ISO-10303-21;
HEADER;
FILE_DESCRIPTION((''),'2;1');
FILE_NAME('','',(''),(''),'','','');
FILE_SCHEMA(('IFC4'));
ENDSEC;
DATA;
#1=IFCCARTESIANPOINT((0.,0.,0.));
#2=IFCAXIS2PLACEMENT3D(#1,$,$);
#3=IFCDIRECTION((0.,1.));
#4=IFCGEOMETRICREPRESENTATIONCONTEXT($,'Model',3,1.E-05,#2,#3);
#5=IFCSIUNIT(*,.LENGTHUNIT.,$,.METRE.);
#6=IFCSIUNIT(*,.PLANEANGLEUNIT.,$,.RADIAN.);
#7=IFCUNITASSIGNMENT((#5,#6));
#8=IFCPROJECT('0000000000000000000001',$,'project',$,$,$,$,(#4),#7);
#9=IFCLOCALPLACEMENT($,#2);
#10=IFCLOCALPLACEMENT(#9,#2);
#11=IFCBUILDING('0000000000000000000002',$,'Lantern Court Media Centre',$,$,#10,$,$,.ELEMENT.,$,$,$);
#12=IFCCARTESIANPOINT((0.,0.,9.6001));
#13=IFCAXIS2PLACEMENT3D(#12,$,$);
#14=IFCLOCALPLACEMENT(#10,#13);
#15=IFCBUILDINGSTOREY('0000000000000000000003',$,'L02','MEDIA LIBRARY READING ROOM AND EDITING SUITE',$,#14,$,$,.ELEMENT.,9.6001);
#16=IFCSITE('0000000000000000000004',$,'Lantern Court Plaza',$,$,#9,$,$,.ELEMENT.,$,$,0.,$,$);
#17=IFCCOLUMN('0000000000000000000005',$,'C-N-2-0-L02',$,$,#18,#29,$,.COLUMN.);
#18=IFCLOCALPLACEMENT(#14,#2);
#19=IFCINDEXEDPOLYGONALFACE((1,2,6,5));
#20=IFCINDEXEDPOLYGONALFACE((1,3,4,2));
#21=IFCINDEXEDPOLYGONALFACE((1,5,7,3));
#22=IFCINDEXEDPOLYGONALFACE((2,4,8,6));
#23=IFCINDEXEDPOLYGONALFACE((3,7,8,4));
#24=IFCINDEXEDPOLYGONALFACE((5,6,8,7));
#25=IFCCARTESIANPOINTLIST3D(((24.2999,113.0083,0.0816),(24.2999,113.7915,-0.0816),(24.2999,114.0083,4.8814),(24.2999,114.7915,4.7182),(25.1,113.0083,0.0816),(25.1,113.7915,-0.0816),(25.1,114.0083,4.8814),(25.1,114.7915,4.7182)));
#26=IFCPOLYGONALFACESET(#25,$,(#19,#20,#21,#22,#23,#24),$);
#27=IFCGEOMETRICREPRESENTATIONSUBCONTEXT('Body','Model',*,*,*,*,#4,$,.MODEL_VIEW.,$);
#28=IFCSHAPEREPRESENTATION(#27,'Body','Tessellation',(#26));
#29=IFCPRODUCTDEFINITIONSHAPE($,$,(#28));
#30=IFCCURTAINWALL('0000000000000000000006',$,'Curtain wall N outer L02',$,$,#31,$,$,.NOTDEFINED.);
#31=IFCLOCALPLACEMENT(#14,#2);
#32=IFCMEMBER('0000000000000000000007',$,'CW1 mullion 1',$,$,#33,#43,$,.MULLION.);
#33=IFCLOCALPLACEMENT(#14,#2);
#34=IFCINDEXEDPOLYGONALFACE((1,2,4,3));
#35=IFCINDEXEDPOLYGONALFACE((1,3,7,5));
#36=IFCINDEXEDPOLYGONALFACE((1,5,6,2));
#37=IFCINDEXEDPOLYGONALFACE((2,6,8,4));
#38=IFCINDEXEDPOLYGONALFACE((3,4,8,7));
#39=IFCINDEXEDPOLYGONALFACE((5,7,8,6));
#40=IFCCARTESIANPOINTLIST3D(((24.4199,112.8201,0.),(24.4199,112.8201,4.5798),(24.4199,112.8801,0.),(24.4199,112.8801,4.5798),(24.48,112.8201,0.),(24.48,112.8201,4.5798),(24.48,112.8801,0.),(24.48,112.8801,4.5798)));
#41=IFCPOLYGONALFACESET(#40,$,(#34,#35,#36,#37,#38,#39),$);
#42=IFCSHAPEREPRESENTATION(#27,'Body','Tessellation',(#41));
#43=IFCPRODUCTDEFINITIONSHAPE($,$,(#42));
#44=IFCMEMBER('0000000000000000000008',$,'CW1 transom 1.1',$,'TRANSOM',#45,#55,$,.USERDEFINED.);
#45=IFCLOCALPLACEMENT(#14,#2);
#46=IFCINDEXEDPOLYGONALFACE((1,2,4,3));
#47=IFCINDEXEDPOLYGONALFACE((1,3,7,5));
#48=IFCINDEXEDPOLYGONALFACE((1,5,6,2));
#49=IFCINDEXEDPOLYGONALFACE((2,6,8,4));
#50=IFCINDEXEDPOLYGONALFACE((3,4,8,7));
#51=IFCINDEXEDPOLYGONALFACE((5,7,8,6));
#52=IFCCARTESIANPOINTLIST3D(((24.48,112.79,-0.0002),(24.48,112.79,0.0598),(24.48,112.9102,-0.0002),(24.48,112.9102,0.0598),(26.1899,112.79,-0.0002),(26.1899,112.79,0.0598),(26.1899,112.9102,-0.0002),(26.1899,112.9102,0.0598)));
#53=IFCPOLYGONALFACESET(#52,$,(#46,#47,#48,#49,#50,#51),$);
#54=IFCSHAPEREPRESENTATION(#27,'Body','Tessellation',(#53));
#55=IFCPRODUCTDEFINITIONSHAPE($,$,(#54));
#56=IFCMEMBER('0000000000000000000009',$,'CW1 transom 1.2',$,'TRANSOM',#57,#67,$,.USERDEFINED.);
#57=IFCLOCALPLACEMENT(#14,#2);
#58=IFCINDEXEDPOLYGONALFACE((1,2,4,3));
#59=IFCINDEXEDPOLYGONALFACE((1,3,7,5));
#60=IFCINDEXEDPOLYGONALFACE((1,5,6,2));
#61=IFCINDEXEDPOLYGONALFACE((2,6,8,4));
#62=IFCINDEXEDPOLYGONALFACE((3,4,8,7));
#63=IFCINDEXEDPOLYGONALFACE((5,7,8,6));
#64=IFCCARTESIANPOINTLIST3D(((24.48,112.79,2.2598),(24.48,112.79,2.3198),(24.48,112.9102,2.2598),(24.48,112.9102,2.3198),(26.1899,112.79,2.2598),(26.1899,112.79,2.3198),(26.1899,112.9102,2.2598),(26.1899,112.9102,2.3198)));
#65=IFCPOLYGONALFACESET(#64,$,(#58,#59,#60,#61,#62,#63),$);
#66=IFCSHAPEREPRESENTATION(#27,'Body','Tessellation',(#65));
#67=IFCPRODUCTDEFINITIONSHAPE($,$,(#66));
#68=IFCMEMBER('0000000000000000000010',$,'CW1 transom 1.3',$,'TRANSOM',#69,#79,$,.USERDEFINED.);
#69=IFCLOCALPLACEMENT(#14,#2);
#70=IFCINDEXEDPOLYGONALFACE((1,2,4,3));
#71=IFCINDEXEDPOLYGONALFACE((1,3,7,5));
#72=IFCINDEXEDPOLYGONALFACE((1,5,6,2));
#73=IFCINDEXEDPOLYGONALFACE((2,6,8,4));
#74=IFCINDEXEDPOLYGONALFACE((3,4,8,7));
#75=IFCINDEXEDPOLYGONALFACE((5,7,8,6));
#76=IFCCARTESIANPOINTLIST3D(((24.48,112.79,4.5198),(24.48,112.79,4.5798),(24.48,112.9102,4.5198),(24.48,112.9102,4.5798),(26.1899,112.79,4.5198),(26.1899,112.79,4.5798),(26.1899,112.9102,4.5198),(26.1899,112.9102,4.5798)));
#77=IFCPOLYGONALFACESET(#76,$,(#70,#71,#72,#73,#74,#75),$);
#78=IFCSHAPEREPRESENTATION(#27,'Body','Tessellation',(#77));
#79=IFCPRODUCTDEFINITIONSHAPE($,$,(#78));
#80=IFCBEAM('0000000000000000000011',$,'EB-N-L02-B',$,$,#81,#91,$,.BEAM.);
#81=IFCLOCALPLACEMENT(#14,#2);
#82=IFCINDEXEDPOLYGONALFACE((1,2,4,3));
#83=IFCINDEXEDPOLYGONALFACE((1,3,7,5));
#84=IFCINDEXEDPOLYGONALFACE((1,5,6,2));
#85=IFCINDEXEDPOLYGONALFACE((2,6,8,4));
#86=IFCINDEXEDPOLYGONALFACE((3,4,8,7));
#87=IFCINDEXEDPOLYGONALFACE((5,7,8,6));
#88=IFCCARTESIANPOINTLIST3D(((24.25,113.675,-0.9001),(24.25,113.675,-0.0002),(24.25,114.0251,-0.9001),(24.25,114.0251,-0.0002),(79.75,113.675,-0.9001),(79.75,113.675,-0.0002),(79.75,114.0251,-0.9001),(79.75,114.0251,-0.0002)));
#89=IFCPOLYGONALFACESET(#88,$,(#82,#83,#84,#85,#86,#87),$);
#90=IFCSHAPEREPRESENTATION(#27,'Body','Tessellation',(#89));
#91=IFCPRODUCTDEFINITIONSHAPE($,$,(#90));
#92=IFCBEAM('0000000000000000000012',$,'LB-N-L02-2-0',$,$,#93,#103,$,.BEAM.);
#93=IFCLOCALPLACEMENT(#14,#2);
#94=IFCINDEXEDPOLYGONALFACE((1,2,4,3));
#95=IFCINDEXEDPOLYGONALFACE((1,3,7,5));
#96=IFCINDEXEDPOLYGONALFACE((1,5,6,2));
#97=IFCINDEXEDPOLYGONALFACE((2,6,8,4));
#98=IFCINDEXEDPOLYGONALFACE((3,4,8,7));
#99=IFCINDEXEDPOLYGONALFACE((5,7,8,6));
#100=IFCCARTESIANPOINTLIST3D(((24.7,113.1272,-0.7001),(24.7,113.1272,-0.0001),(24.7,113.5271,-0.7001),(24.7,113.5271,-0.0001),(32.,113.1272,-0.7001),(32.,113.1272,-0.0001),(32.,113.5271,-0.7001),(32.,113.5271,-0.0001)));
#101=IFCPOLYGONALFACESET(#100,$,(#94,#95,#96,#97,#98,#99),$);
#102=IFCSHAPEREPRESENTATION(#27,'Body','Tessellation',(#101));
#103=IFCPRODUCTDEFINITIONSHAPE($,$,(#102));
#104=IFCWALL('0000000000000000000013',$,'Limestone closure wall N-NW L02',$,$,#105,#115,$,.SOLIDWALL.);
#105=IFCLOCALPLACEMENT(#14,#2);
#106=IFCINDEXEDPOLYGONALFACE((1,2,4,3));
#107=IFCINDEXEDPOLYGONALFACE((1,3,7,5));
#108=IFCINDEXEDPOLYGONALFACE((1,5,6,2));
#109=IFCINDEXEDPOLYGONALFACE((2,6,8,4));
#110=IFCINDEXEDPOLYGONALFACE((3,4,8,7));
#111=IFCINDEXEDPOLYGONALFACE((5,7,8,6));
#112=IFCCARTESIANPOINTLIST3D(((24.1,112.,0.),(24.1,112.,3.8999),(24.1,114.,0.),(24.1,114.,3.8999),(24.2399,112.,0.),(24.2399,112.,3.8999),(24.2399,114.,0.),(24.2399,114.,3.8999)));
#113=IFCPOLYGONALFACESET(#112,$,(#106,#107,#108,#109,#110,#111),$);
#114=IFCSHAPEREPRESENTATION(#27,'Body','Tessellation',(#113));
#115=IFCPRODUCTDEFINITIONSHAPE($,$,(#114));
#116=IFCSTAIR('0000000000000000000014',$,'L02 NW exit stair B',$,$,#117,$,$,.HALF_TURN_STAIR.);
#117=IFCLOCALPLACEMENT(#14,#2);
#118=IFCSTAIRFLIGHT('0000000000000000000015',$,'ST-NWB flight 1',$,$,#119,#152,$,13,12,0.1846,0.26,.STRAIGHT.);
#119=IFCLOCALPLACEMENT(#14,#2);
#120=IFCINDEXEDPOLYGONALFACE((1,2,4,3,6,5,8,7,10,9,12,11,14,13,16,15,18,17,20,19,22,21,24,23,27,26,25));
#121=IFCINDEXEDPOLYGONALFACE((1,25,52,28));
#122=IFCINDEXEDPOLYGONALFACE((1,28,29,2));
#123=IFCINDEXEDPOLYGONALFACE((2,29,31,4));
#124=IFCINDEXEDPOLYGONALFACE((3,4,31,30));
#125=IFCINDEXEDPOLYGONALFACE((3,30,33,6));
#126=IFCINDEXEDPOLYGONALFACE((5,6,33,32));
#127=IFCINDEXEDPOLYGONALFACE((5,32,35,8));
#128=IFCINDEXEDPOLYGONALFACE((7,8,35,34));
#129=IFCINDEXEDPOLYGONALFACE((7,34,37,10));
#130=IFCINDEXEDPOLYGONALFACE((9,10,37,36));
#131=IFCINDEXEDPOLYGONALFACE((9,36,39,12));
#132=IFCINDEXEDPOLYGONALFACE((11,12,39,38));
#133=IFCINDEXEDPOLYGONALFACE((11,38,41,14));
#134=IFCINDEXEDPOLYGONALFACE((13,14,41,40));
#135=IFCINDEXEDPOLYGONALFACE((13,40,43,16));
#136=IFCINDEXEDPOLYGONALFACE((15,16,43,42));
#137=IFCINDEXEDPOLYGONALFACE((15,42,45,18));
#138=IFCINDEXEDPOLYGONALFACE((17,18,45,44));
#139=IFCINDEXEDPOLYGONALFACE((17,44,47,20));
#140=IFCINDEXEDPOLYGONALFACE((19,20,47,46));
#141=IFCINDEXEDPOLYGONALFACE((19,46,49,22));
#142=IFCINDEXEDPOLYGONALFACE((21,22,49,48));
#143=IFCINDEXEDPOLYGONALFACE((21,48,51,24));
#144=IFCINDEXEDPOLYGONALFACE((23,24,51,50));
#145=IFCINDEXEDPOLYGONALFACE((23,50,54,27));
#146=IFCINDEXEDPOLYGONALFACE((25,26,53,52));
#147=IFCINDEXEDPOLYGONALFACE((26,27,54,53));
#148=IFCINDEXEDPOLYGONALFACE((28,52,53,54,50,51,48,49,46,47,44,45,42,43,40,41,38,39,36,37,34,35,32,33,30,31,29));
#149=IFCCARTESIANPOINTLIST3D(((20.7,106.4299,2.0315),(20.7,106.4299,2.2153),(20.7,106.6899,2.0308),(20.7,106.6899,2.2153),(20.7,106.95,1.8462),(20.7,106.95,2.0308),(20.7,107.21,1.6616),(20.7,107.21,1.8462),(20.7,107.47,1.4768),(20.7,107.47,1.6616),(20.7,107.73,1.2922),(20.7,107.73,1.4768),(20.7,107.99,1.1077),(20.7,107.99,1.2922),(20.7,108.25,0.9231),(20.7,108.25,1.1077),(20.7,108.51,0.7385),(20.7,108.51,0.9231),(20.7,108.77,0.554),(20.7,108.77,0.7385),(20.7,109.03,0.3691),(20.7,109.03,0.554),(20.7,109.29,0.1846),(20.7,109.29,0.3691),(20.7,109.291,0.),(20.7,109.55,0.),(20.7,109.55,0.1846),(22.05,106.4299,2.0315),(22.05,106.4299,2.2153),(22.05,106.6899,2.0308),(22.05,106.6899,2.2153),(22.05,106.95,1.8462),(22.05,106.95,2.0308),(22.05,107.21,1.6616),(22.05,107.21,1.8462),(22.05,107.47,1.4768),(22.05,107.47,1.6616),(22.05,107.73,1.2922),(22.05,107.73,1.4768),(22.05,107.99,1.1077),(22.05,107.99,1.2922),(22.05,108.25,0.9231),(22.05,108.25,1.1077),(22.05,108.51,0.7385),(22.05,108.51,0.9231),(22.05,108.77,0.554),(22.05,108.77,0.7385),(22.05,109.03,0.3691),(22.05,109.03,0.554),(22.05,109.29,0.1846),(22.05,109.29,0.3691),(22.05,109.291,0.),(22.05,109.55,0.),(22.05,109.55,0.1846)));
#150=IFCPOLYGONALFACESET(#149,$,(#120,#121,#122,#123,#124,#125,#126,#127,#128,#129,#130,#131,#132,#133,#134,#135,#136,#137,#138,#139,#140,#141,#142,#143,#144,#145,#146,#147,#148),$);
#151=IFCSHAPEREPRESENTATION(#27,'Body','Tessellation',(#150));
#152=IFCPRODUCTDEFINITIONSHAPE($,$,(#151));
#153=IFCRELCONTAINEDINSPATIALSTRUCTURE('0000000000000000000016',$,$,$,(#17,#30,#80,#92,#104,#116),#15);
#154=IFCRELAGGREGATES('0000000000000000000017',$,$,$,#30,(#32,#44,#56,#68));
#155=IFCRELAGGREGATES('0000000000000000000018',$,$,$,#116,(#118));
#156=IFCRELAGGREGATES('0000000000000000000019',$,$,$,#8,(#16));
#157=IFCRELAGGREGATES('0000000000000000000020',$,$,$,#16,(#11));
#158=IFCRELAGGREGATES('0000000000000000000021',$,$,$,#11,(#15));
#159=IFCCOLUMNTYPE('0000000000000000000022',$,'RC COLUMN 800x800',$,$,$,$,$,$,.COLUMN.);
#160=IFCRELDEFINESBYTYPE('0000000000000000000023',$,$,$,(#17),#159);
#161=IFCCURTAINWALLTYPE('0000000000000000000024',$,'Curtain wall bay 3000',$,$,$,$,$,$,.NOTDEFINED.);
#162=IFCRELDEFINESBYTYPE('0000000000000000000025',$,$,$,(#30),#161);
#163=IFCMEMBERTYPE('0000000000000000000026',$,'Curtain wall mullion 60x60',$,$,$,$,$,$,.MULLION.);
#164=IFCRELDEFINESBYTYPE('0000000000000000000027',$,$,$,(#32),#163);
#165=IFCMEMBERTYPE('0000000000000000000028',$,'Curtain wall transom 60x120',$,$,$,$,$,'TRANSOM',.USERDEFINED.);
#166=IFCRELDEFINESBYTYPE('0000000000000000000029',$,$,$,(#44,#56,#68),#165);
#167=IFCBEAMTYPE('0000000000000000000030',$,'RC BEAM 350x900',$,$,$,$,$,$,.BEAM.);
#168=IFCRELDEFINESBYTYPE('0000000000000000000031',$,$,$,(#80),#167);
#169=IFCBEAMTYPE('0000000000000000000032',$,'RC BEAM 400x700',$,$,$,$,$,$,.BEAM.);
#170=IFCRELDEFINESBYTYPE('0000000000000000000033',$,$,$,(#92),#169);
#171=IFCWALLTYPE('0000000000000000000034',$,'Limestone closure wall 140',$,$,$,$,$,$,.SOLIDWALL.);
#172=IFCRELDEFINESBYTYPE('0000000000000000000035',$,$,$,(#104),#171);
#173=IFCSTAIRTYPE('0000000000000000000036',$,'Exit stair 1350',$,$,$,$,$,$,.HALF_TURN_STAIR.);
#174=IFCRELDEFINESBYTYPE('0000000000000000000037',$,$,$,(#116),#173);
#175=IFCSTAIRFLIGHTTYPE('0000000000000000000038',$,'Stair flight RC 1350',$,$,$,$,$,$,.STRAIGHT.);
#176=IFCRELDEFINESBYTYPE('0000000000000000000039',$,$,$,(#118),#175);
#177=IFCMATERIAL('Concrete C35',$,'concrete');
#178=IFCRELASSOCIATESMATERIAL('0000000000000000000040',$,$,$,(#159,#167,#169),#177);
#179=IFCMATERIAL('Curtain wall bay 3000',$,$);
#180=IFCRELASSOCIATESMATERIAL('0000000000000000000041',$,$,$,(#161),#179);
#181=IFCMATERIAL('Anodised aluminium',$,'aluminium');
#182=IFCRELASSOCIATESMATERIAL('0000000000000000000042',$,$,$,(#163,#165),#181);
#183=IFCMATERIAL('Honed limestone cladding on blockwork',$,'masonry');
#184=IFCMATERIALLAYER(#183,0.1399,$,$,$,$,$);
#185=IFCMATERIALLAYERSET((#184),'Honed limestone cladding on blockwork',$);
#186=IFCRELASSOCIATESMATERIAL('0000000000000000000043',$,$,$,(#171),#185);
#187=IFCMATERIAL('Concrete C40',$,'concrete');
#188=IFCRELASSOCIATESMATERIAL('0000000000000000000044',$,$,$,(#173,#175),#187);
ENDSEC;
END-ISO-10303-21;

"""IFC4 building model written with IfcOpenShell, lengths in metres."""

from ifc_helpers import new_model, si_unit, direction, frame, frame_2d, origin, origin_2d, place, context, subcontext, project, spatial, polyline, rectangle, outline, extrude, material, layer, layer_set, material_profile, profile_set, type_object, element, aggregate, save


model = new_model("IFC4")

# Units and contexts
model_context = context("Model", 3, precision=1e-05, world=origin(), true_north=direction((0.0, 1.0)))
body_context = subcontext(model_context, "Body", "Model", "MODEL_VIEW")
ifc_project = project(units=[si_unit("LENGTHUNIT", "METRE"), si_unit("PLANEANGLEUNIT", "RADIAN")], contexts=[model_context])

# Site, building, storey
site_placement = place(None, origin())
site = spatial("IfcSite", under=ifc_project, at=site_placement, Name="Lantern Court Plaza", CompositionType="ELEMENT", RefElevation=0.0)
building_placement = place(site_placement, origin())
building = spatial("IfcBuilding", under=site, at=building_placement, Name="Lantern Court Media Centre", CompositionType="ELEMENT")
storey_placement = place(building_placement, frame((0.0, 0.0, 9.6001)))
storey = spatial("IfcBuildingStorey", under=building, at=storey_placement, Name="L02", Description="MEDIA LIBRARY READING ROOM AND EDITING SUITE", CompositionType="ELEMENT", Elevation=9.6001)

# Column
ifc_material_1 = material(Name="Concrete C35", Category="concrete")
ifc_material_profile_1 = material_profile(ifc_material_1, rectangle(XDim=0.8, YDim=0.8, at=origin_2d()), Name="RC 800x800")
ifc_profile_set_1 = profile_set([ifc_material_profile_1], Name="Concrete C35")
column_type = type_object("IfcColumnType", Name="RC COLUMN 800x800", PredefinedType="COLUMN", material=ifc_profile_set_1)
column_placement = place(storey_placement, frame((24.7, 113.3999, 0.0), z_axis=(0.0, 0.203962, 0.978979), x_axis=(-1.0, 0.0, 0.0)))
element("IfcColumn", 1, at=column_placement, inside=storey, type_object=column_type, Name="C-N-2-0-L02", PredefinedType="COLUMN", context=body_context, shape_type="SweptSolid", body=[
    extrude(rectangle(XDim=0.8, YDim=0.8, at=origin_2d()), origin(), (0.0, 0.0, 1.0), 4.9028),
])

# Curtain wall, members
ifc_material_2 = material(Name="Curtain wall bay 3000")
curtain_wall_type = type_object("IfcCurtainWallType", Name="Curtain wall bay 3000", PredefinedType="NOTDEFINED", material=ifc_material_2)
curtain_wall_placement = place(storey_placement, origin())
curtain_wall = element("IfcCurtainWall", 2, at=curtain_wall_placement, inside=storey, type_object=curtain_wall_type, Name="Curtain wall N outer L02", PredefinedType="NOTDEFINED")
ifc_material_3 = material(Name="Anodised aluminium", Category="aluminium")
ifc_material_profile_2 = material_profile(ifc_material_3, rectangle(XDim=0.0601, YDim=0.0601, at=origin_2d()), Name="AL 60x60")
ifc_profile_set_2 = profile_set([ifc_material_profile_2], Name="Anodised aluminium")
member_type_1 = type_object("IfcMemberType", Name="Curtain wall mullion 60x60", PredefinedType="MULLION", material=ifc_profile_set_2)
member_1_placement = place(storey_placement, frame((24.45, 112.8501, 0.0), z_axis=(0.0, 0.0, 1.0), x_axis=(0.0, 1.0, 0.0)))
member_1 = element("IfcMember", 3, at=member_1_placement, type_object=member_type_1, Name="CW1 mullion 1", PredefinedType="MULLION", context=body_context, shape_type="SweptSolid", body=[
    extrude(rectangle(XDim=0.0601, YDim=0.0601, at=origin_2d()), origin(), (0.0, 0.0, 1.0), 4.5798),
])
ifc_material_profile_3 = material_profile(ifc_material_3, rectangle(XDim=0.1201, YDim=0.0601, at=origin_2d()), Name="AL 60x120")
ifc_profile_set_3 = profile_set([ifc_material_profile_3], Name="Anodised aluminium")
member_type_2 = type_object("IfcMemberType", Name="Curtain wall transom 60x120", ElementType="TRANSOM", PredefinedType="USERDEFINED", material=ifc_profile_set_3)
member_2_placement = place(storey_placement, frame((24.48, 112.8501, 0.0298), z_axis=(1.0, 0.0, 0.0), x_axis=(0.0, 1.0, 0.0)))
member_2 = element("IfcMember", 4, at=member_2_placement, type_object=member_type_2, Name="CW1 transom 1.1", ObjectType="TRANSOM", PredefinedType="USERDEFINED", context=body_context, shape_type="SweptSolid", body=[
    extrude(rectangle(XDim=0.1201, YDim=0.0601, at=origin_2d()), origin(), (0.0, 0.0, 1.0), 1.71),
])
member_3_placement = place(storey_placement, frame((24.48, 112.8501, 2.2898), z_axis=(1.0, 0.0, 0.0), x_axis=(0.0, 1.0, 0.0)))
member_3 = element("IfcMember", 5, at=member_3_placement, type_object=member_type_2, Name="CW1 transom 1.2", ObjectType="TRANSOM", PredefinedType="USERDEFINED", context=body_context, shape_type="SweptSolid", body=[
    extrude(rectangle(XDim=0.1201, YDim=0.0601, at=origin_2d()), origin(), (0.0, 0.0, 1.0), 1.71),
])
member_4_placement = place(storey_placement, frame((24.48, 112.8501, 4.5498), z_axis=(1.0, 0.0, 0.0), x_axis=(0.0, 1.0, 0.0)))
member_4 = element("IfcMember", 6, at=member_4_placement, type_object=member_type_2, Name="CW1 transom 1.3", ObjectType="TRANSOM", PredefinedType="USERDEFINED", context=body_context, shape_type="SweptSolid", body=[
    extrude(rectangle(XDim=0.1201, YDim=0.0601, at=origin_2d()), origin(), (0.0, 0.0, 1.0), 1.71),
])
aggregate(curtain_wall, [member_1, member_2, member_3, member_4])

# Beams
ifc_material_profile_4 = material_profile(ifc_material_1, rectangle(XDim=0.3501, YDim=0.8999, at=origin_2d()), Name="RC 350x900")
ifc_profile_set_4 = profile_set([ifc_material_profile_4], Name="Concrete C35")
beam_type_1 = type_object("IfcBeamType", Name="RC BEAM 350x900", PredefinedType="BEAM", material=ifc_profile_set_4)
beam_1_placement = place(storey_placement, frame((24.25, 113.8501, -0.4502), z_axis=(1.0, 0.0, 0.0), x_axis=(0.0, 1.0, 0.0)))
element("IfcBeam", 7, at=beam_1_placement, inside=storey, type_object=beam_type_1, Name="EB-N-L02-B", PredefinedType="BEAM", context=body_context, shape_type="SweptSolid", body=[
    extrude(rectangle(XDim=0.3501, YDim=0.8999, at=origin_2d()), origin(), (0.0, 0.0, 1.0), 55.5),
])
ifc_material_profile_5 = material_profile(ifc_material_1, rectangle(XDim=0.3999, YDim=0.7, at=origin_2d()), Name="RC 400x700")
ifc_profile_set_5 = profile_set([ifc_material_profile_5], Name="Concrete C35")
beam_type_2 = type_object("IfcBeamType", Name="RC BEAM 400x700", PredefinedType="BEAM", material=ifc_profile_set_5)
beam_2_placement = place(storey_placement, frame((24.7, 113.3271, -0.3501), z_axis=(1.0, 0.0, 0.0), x_axis=(0.0, 1.0, 0.0)))
element("IfcBeam", 8, at=beam_2_placement, inside=storey, type_object=beam_type_2, Name="LB-N-L02-2-0", PredefinedType="BEAM", context=body_context, shape_type="SweptSolid", body=[
    extrude(rectangle(XDim=0.3999, YDim=0.7, at=origin_2d()), origin(), (0.0, 0.0, 1.0), 7.3),
])

# Wall
ifc_material_4 = material(Name="Honed limestone cladding on blockwork", Category="masonry")
ifc_layer_1 = layer(ifc_material_4, 0.1399)
ifc_layer_set_1 = layer_set([ifc_layer_1], Name="Honed limestone cladding on blockwork")
wall_type = type_object("IfcWallType", Name="Limestone closure wall 140", PredefinedType="SOLIDWALL", material=ifc_layer_set_1)
wall_placement = place(storey_placement, frame((24.1699, 112.0, 0.0), z_axis=(0.0, 0.0, 1.0), x_axis=(0.0, 1.0, 0.0)))
element("IfcWall", 9, at=wall_placement, inside=storey, type_object=wall_type, Name="Limestone closure wall N-NW L02", PredefinedType="SOLIDWALL", context=body_context, shape_type="SweptSolid", body=[
    extrude(rectangle(XDim=2.0, YDim=0.1399, at=frame_2d((1.0, 0.0))), origin(), (0.0, 0.0, 1.0), 3.8999),
])

# Stair, stair flight
ifc_material_5 = material(Name="Concrete C40", Category="concrete")
stair_type = type_object("IfcStairType", Name="Exit stair 1350", PredefinedType="HALF_TURN_STAIR", material=ifc_material_5)
stair_placement = place(storey_placement, origin())
stair = element("IfcStair", 10, at=stair_placement, inside=storey, type_object=stair_type, Name="L02 NW exit stair B", PredefinedType="HALF_TURN_STAIR")
stair_flight_type = type_object("IfcStairFlightType", Name="Stair flight RC 1350", PredefinedType="STRAIGHT", material=ifc_material_5)
stair_flight_1_placement = place(storey_placement, frame((21.375, 109.55, 0.0), z_axis=(0.0, 0.0, 1.0), x_axis=(0.0, -1.0, 0.0)))
stair_flight_1 = element("IfcStairFlight", 11, at=stair_flight_1_placement, type_object=stair_flight_type, Name="ST-NWB flight 1", NumberOfRisers=13, NumberOfTreads=12, PredefinedType="STRAIGHT", RiserHeight=0.1846, TreadLength=0.26, context=body_context, shape_type="SweptSolid", body=[
    extrude(outline(polyline([(0.0, 0.0), (0.0, 0.1846), (0.26, 0.1846), (0.26, 0.3691), (0.52, 0.3691), (0.52, 0.554), (0.78, 0.554), (0.78, 0.7385), (1.04, 0.7385), (1.04, 0.9231), (1.3, 0.9231), (1.3, 1.1077), (1.5601, 1.1077), (1.5601, 1.2922), (1.8201, 1.2922), (1.8201, 1.4768), (2.0801, 1.4768), (2.0801, 1.6616), (2.3401, 1.6616), (2.3401, 1.8462), (2.6001, 1.8462), (2.6001, 2.0308), (2.8601, 2.0308), (2.8601, 2.2153), (3.1201, 2.2153), (3.1201, 2.3999), (3.1201, 2.0315), (0.259, 0.0), (0.0, 0.0)])), frame((0.0, 0.675, 0.0), z_axis=(0.0, -1.0, 0.0), x_axis=(1.0, 0.0, 0.0)), (0.0, 0.0, 1.0), 1.3501),
])
aggregate(stair, [stair_flight_1])

save(model, "model.ifc")
